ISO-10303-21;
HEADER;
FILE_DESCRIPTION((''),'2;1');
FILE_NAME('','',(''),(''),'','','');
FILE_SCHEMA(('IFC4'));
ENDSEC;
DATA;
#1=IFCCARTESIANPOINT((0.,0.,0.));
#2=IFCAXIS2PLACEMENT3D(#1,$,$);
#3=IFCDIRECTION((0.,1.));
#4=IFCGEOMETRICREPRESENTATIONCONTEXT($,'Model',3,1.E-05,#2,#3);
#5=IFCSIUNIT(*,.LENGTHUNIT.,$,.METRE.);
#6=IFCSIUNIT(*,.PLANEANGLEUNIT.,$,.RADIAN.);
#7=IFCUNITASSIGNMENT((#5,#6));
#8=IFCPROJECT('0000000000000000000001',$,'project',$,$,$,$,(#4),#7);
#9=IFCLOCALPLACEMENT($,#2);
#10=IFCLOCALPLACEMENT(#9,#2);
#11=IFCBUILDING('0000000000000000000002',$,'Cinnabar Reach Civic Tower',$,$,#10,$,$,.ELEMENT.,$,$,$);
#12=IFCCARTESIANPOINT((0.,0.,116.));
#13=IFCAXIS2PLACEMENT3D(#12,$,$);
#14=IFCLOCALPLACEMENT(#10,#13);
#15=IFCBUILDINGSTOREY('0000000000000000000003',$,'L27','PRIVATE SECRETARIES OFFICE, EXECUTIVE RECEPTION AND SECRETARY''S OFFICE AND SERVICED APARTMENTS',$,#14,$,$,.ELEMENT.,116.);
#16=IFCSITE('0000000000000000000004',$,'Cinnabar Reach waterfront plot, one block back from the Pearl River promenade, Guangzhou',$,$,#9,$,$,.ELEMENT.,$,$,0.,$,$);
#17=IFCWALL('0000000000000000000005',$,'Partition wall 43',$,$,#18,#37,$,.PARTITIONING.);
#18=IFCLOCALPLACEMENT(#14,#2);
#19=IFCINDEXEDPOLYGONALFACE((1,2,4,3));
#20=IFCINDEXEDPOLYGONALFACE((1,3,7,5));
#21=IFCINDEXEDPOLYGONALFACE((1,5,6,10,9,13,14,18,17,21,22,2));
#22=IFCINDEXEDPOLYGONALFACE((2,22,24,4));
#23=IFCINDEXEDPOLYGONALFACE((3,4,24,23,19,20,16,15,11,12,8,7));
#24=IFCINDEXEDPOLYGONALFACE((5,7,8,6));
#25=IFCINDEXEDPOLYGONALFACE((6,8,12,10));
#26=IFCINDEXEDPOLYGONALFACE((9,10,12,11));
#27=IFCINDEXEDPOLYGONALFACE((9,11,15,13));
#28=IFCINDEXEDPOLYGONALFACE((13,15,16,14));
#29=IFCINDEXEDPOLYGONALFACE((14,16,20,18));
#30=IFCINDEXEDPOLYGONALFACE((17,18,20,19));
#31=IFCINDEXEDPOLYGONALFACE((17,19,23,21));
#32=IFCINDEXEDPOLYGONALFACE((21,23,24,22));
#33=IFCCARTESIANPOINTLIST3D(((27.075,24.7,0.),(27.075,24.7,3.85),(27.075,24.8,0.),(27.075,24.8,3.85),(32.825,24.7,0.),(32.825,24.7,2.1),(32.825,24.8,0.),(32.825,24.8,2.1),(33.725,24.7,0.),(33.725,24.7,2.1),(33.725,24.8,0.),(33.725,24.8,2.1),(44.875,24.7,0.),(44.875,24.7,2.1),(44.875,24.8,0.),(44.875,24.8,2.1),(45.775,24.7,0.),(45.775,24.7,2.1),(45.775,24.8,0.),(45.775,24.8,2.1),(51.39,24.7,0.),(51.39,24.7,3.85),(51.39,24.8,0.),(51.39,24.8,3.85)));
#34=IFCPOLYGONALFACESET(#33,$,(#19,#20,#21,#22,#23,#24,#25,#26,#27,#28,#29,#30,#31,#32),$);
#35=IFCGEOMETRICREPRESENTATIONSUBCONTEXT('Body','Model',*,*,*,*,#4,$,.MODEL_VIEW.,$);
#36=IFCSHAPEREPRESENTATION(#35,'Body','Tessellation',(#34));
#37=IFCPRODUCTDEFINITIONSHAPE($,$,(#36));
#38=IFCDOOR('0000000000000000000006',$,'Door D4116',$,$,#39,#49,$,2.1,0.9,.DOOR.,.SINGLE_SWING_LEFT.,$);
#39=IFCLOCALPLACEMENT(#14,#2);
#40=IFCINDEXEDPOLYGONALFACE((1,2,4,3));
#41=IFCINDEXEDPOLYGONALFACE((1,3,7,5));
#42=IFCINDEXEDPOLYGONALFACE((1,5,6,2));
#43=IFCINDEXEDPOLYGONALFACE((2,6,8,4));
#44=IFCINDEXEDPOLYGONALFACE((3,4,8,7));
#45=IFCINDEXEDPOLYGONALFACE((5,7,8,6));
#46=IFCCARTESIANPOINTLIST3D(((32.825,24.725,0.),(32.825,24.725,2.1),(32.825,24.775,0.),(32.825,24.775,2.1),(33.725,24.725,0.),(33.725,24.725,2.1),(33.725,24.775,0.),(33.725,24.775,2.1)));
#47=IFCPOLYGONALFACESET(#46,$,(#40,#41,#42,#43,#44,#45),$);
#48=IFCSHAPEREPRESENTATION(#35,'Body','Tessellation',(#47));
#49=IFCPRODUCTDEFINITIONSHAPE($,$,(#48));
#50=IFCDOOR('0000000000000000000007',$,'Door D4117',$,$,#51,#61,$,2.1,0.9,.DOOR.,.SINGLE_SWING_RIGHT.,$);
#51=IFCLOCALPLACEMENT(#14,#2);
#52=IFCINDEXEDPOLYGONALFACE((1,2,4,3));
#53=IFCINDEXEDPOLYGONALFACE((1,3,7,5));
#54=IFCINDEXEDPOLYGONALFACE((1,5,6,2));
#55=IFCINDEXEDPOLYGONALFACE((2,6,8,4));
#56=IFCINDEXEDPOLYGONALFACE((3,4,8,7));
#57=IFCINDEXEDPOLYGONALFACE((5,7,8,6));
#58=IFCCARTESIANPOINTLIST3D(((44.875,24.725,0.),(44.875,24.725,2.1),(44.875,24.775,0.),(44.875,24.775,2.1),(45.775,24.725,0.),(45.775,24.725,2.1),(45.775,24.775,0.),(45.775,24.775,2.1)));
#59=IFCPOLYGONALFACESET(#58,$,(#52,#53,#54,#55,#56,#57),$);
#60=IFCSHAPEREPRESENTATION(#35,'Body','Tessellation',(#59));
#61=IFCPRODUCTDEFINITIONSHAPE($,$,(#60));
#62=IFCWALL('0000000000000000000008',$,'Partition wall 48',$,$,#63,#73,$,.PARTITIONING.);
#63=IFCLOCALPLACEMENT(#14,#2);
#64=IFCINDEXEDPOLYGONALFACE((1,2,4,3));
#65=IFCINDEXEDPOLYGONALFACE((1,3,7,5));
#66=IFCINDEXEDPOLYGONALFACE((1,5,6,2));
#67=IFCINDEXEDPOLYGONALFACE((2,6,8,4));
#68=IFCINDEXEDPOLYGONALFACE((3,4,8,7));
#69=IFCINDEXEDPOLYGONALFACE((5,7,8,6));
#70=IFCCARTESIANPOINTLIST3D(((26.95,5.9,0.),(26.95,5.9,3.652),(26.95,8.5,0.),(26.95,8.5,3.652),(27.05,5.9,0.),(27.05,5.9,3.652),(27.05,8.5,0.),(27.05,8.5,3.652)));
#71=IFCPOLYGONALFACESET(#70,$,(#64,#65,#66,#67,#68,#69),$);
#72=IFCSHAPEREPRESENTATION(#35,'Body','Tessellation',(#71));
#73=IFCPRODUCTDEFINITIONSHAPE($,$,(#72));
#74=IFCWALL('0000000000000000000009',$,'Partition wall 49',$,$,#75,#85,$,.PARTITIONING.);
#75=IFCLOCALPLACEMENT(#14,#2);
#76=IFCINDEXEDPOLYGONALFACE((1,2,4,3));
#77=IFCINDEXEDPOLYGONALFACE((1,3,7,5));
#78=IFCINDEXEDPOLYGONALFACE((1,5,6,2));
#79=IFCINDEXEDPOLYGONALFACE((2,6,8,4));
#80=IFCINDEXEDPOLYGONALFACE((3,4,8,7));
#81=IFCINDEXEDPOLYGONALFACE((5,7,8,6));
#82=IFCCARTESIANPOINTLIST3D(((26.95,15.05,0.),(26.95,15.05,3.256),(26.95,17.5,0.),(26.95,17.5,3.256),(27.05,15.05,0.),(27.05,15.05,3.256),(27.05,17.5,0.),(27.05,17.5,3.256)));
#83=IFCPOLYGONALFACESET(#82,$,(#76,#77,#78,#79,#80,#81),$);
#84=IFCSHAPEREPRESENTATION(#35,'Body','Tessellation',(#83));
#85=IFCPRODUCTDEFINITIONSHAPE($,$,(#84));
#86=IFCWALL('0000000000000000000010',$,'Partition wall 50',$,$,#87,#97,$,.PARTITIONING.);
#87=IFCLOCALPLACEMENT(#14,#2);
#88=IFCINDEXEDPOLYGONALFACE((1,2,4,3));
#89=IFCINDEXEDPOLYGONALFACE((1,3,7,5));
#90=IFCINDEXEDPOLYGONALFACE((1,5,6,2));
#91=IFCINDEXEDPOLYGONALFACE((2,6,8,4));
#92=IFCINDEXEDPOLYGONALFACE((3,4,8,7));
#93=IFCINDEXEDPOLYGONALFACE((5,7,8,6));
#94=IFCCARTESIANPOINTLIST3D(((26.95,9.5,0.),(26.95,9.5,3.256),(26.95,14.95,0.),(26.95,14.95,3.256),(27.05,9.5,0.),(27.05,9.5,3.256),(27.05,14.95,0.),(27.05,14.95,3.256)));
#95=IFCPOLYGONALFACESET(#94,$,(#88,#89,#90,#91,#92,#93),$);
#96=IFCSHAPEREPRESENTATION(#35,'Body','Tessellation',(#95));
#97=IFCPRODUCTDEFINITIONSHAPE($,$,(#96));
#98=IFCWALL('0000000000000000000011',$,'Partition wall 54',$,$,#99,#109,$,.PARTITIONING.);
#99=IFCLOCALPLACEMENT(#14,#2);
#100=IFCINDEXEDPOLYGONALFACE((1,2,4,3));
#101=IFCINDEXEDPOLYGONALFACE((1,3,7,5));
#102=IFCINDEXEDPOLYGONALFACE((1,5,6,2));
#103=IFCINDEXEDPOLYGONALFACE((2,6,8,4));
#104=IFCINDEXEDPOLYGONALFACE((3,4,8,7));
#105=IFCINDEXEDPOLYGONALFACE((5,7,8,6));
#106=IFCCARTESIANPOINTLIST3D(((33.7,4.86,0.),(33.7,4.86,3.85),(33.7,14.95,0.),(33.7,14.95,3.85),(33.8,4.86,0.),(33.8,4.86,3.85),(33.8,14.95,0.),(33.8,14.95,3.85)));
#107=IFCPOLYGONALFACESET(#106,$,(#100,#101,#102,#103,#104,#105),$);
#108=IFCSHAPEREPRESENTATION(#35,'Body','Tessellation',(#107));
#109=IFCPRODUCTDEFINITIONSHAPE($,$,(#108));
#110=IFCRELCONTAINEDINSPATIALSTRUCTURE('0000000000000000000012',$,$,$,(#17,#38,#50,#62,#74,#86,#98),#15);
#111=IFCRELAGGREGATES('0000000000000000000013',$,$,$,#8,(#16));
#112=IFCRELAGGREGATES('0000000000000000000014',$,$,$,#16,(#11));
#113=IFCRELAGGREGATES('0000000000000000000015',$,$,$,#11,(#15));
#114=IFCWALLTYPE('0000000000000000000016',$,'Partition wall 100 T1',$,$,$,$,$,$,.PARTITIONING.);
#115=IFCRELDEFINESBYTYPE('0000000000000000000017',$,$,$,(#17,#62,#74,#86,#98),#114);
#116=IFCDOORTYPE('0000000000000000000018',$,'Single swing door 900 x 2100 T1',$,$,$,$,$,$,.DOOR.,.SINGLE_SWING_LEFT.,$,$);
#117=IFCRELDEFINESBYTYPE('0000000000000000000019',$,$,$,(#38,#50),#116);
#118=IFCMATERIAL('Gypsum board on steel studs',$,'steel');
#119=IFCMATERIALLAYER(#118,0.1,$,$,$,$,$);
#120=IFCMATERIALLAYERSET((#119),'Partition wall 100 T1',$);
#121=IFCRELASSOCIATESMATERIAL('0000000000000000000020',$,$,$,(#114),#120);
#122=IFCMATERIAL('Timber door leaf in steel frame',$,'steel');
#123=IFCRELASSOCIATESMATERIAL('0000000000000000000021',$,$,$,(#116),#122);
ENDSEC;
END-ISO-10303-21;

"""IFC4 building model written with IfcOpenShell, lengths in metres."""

from ifc_helpers import new_model, si_unit, direction, frame, frame_2d, origin, place, context, subcontext, project, spatial, rectangle, extrude, material, layer, layer_set, type_object, element, fill, save


model = new_model("IFC4")

# Units and contexts
model_context = context("Model", 3, precision=1e-05, world=origin(), true_north=direction((0.0, 1.0)))
body_context = subcontext(model_context, "Body", "Model", "MODEL_VIEW")
ifc_project = project(units=[si_unit("LENGTHUNIT", "METRE"), si_unit("PLANEANGLEUNIT", "RADIAN")], contexts=[model_context])

# Site, building, storey
site_placement = place(None, origin())
site = spatial("IfcSite", under=ifc_project, at=site_placement, Name="Cinnabar Reach waterfront plot, one block back from the Pearl River promenade, Guangzhou", CompositionType="ELEMENT", RefElevation=0.0)
building_placement = place(site_placement, origin())
building = spatial("IfcBuilding", under=site, at=building_placement, Name="Cinnabar Reach Civic Tower", CompositionType="ELEMENT")
storey_placement = place(building_placement, frame((0.0, 0.0, 116.0)))
storey = spatial("IfcBuildingStorey", under=building, at=storey_placement, Name="L27", Description="PRIVATE SECRETARIES OFFICE, EXECUTIVE RECEPTION AND SECRETARY'S OFFICE AND SERVICED APARTMENTS", CompositionType="ELEMENT", Elevation=116.0)

# Shared definitions
ifc_material_1 = material(Name="Timber door leaf in steel frame", Category="steel")

# Wall, openings, doors
ifc_material_2 = material(Name="Gypsum board on steel studs", Category="steel")
ifc_layer_1 = layer(ifc_material_2, 0.1)
ifc_layer_set_1 = layer_set([ifc_layer_1], Name="Partition wall 100 T1")
wall_type_1 = type_object("IfcWallType", Name="Partition wall 100 T1", PredefinedType="PARTITIONING", material=ifc_layer_set_1)
wall_1_placement = place(storey_placement, frame((27.075, 24.75, 0.0), z_axis=(0.0, 0.0, 1.0), x_axis=(1.0, 0.0, 0.0)))
wall_1 = element("IfcWall", 1, at=wall_1_placement, inside=storey, type_object=wall_type_1, Name="Partition wall 43", PredefinedType="PARTITIONING", context=body_context, shape_type="SweptSolid", body=[
    extrude(rectangle(XDim=24.315, YDim=0.1, at=frame_2d((12.1575, 0.0))), origin(), (0.0, 0.0, 1.0), 3.85),
])
opening_1_placement = place(wall_1_placement, frame((5.75, 0.0, 0.0)))
opening_1 = element("IfcOpeningElement", 2, at=opening_1_placement, cuts=wall_1, PredefinedType="OPENING", context=body_context, shape_type="SweptSolid", body=[
    extrude(rectangle(XDim=0.9, YDim=2.1, at=frame_2d((0.45, 1.05))), frame((0.0, 0.06, 0.0), z_axis=(0.0, -1.0, 0.0), x_axis=(1.0, 0.0, 0.0)), (0.0, 0.0, 1.0), 0.12),
])
opening_2_placement = place(wall_1_placement, frame((17.8, 0.0, 0.0)))
opening_2 = element("IfcOpeningElement", 3, at=opening_2_placement, cuts=wall_1, PredefinedType="OPENING", context=body_context, shape_type="SweptSolid", body=[
    extrude(rectangle(XDim=0.9, YDim=2.1, at=frame_2d((0.45, 1.05))), frame((0.0, 0.06, 0.0), z_axis=(0.0, -1.0, 0.0), x_axis=(1.0, 0.0, 0.0)), (0.0, 0.0, 1.0), 0.12),
])
door_type_1 = type_object("IfcDoorType", Name="Single swing door 900 x 2100 T1", OperationType="SINGLE_SWING_LEFT", PredefinedType="DOOR", material=ifc_material_1)
door_1_placement = place(opening_1_placement, frame((0.9, 0.0, 0.0), z_axis=(0.0, 0.0, 1.0), x_axis=(-1.0, 0.0, 0.0)))
door_1 = element("IfcDoor", 4, at=door_1_placement, inside=storey, type_object=door_type_1, Name="Door D4116", OperationType="SINGLE_SWING_LEFT", OverallHeight=2.1, OverallWidth=0.9, PredefinedType="DOOR", context=body_context, shape_type="SweptSolid", body=[
    extrude(rectangle(XDim=0.9, YDim=2.1, at=frame_2d((0.45, 1.05))), frame((0.0, 0.025, 0.0), z_axis=(0.0, -1.0, 0.0), x_axis=(1.0, 0.0, 0.0)), (0.0, 0.0, 1.0), 0.05),
])
fill(opening_1, door_1)
door_2_placement = place(opening_2_placement, frame((0.9, 0.0, 0.0), z_axis=(0.0, 0.0, 1.0), x_axis=(-1.0, 0.0, 0.0)))
door_2 = element("IfcDoor", 5, at=door_2_placement, inside=storey, type_object=door_type_1, Name="Door D4117", OperationType="SINGLE_SWING_RIGHT", OverallHeight=2.1, OverallWidth=0.9, PredefinedType="DOOR", context=body_context, shape_type="SweptSolid", body=[
    extrude(rectangle(XDim=0.9, YDim=2.1, at=frame_2d((0.45, 1.05))), frame((0.0, 0.025, 0.0), z_axis=(0.0, -1.0, 0.0), x_axis=(1.0, 0.0, 0.0)), (0.0, 0.0, 1.0), 0.05),
])
fill(opening_2, door_2)

# Walls
wall_2_placement = place(storey_placement, frame((27.0, 5.9, 0.0), z_axis=(0.0, 0.0, 1.0), x_axis=(0.0, 1.0, 0.0)))
element("IfcWall", 6, at=wall_2_placement, inside=storey, type_object=wall_type_1, Name="Partition wall 48", PredefinedType="PARTITIONING", context=body_context, shape_type="SweptSolid", body=[
    extrude(rectangle(XDim=2.6, YDim=0.1, at=frame_2d((1.3, 0.0))), origin(), (0.0, 0.0, 1.0), 3.652),
])
wall_3_placement = place(storey_placement, frame((27.0, 15.05, 0.0), z_axis=(0.0, 0.0, 1.0), x_axis=(0.0, 1.0, 0.0)))
element("IfcWall", 7, at=wall_3_placement, inside=storey, type_object=wall_type_1, Name="Partition wall 49", PredefinedType="PARTITIONING", context=body_context, shape_type="SweptSolid", body=[
    extrude(rectangle(XDim=2.45, YDim=0.1, at=frame_2d((1.225, 0.0))), origin(), (0.0, 0.0, 1.0), 3.256),
])
wall_4_placement = place(storey_placement, frame((27.0, 9.5, 0.0), z_axis=(0.0, 0.0, 1.0), x_axis=(0.0, 1.0, 0.0)))
element("IfcWall", 8, at=wall_4_placement, inside=storey, type_object=wall_type_1, Name="Partition wall 50", PredefinedType="PARTITIONING", context=body_context, shape_type="SweptSolid", body=[
    extrude(rectangle(XDim=5.45, YDim=0.1, at=frame_2d((2.725, 0.0))), origin(), (0.0, 0.0, 1.0), 3.256),
])
wall_5_placement = place(storey_placement, frame((33.75, 4.86, 0.0), z_axis=(0.0, 0.0, 1.0), x_axis=(0.0, 1.0, 0.0)))
element("IfcWall", 9, at=wall_5_placement, inside=storey, type_object=wall_type_1, Name="Partition wall 54", PredefinedType="PARTITIONING", context=body_context, shape_type="SweptSolid", body=[
    extrude(rectangle(XDim=10.09, YDim=0.1, at=frame_2d((5.045, 0.0))), origin(), (0.0, 0.0, 1.0), 3.85),
])

save(model, "model.ifc")
